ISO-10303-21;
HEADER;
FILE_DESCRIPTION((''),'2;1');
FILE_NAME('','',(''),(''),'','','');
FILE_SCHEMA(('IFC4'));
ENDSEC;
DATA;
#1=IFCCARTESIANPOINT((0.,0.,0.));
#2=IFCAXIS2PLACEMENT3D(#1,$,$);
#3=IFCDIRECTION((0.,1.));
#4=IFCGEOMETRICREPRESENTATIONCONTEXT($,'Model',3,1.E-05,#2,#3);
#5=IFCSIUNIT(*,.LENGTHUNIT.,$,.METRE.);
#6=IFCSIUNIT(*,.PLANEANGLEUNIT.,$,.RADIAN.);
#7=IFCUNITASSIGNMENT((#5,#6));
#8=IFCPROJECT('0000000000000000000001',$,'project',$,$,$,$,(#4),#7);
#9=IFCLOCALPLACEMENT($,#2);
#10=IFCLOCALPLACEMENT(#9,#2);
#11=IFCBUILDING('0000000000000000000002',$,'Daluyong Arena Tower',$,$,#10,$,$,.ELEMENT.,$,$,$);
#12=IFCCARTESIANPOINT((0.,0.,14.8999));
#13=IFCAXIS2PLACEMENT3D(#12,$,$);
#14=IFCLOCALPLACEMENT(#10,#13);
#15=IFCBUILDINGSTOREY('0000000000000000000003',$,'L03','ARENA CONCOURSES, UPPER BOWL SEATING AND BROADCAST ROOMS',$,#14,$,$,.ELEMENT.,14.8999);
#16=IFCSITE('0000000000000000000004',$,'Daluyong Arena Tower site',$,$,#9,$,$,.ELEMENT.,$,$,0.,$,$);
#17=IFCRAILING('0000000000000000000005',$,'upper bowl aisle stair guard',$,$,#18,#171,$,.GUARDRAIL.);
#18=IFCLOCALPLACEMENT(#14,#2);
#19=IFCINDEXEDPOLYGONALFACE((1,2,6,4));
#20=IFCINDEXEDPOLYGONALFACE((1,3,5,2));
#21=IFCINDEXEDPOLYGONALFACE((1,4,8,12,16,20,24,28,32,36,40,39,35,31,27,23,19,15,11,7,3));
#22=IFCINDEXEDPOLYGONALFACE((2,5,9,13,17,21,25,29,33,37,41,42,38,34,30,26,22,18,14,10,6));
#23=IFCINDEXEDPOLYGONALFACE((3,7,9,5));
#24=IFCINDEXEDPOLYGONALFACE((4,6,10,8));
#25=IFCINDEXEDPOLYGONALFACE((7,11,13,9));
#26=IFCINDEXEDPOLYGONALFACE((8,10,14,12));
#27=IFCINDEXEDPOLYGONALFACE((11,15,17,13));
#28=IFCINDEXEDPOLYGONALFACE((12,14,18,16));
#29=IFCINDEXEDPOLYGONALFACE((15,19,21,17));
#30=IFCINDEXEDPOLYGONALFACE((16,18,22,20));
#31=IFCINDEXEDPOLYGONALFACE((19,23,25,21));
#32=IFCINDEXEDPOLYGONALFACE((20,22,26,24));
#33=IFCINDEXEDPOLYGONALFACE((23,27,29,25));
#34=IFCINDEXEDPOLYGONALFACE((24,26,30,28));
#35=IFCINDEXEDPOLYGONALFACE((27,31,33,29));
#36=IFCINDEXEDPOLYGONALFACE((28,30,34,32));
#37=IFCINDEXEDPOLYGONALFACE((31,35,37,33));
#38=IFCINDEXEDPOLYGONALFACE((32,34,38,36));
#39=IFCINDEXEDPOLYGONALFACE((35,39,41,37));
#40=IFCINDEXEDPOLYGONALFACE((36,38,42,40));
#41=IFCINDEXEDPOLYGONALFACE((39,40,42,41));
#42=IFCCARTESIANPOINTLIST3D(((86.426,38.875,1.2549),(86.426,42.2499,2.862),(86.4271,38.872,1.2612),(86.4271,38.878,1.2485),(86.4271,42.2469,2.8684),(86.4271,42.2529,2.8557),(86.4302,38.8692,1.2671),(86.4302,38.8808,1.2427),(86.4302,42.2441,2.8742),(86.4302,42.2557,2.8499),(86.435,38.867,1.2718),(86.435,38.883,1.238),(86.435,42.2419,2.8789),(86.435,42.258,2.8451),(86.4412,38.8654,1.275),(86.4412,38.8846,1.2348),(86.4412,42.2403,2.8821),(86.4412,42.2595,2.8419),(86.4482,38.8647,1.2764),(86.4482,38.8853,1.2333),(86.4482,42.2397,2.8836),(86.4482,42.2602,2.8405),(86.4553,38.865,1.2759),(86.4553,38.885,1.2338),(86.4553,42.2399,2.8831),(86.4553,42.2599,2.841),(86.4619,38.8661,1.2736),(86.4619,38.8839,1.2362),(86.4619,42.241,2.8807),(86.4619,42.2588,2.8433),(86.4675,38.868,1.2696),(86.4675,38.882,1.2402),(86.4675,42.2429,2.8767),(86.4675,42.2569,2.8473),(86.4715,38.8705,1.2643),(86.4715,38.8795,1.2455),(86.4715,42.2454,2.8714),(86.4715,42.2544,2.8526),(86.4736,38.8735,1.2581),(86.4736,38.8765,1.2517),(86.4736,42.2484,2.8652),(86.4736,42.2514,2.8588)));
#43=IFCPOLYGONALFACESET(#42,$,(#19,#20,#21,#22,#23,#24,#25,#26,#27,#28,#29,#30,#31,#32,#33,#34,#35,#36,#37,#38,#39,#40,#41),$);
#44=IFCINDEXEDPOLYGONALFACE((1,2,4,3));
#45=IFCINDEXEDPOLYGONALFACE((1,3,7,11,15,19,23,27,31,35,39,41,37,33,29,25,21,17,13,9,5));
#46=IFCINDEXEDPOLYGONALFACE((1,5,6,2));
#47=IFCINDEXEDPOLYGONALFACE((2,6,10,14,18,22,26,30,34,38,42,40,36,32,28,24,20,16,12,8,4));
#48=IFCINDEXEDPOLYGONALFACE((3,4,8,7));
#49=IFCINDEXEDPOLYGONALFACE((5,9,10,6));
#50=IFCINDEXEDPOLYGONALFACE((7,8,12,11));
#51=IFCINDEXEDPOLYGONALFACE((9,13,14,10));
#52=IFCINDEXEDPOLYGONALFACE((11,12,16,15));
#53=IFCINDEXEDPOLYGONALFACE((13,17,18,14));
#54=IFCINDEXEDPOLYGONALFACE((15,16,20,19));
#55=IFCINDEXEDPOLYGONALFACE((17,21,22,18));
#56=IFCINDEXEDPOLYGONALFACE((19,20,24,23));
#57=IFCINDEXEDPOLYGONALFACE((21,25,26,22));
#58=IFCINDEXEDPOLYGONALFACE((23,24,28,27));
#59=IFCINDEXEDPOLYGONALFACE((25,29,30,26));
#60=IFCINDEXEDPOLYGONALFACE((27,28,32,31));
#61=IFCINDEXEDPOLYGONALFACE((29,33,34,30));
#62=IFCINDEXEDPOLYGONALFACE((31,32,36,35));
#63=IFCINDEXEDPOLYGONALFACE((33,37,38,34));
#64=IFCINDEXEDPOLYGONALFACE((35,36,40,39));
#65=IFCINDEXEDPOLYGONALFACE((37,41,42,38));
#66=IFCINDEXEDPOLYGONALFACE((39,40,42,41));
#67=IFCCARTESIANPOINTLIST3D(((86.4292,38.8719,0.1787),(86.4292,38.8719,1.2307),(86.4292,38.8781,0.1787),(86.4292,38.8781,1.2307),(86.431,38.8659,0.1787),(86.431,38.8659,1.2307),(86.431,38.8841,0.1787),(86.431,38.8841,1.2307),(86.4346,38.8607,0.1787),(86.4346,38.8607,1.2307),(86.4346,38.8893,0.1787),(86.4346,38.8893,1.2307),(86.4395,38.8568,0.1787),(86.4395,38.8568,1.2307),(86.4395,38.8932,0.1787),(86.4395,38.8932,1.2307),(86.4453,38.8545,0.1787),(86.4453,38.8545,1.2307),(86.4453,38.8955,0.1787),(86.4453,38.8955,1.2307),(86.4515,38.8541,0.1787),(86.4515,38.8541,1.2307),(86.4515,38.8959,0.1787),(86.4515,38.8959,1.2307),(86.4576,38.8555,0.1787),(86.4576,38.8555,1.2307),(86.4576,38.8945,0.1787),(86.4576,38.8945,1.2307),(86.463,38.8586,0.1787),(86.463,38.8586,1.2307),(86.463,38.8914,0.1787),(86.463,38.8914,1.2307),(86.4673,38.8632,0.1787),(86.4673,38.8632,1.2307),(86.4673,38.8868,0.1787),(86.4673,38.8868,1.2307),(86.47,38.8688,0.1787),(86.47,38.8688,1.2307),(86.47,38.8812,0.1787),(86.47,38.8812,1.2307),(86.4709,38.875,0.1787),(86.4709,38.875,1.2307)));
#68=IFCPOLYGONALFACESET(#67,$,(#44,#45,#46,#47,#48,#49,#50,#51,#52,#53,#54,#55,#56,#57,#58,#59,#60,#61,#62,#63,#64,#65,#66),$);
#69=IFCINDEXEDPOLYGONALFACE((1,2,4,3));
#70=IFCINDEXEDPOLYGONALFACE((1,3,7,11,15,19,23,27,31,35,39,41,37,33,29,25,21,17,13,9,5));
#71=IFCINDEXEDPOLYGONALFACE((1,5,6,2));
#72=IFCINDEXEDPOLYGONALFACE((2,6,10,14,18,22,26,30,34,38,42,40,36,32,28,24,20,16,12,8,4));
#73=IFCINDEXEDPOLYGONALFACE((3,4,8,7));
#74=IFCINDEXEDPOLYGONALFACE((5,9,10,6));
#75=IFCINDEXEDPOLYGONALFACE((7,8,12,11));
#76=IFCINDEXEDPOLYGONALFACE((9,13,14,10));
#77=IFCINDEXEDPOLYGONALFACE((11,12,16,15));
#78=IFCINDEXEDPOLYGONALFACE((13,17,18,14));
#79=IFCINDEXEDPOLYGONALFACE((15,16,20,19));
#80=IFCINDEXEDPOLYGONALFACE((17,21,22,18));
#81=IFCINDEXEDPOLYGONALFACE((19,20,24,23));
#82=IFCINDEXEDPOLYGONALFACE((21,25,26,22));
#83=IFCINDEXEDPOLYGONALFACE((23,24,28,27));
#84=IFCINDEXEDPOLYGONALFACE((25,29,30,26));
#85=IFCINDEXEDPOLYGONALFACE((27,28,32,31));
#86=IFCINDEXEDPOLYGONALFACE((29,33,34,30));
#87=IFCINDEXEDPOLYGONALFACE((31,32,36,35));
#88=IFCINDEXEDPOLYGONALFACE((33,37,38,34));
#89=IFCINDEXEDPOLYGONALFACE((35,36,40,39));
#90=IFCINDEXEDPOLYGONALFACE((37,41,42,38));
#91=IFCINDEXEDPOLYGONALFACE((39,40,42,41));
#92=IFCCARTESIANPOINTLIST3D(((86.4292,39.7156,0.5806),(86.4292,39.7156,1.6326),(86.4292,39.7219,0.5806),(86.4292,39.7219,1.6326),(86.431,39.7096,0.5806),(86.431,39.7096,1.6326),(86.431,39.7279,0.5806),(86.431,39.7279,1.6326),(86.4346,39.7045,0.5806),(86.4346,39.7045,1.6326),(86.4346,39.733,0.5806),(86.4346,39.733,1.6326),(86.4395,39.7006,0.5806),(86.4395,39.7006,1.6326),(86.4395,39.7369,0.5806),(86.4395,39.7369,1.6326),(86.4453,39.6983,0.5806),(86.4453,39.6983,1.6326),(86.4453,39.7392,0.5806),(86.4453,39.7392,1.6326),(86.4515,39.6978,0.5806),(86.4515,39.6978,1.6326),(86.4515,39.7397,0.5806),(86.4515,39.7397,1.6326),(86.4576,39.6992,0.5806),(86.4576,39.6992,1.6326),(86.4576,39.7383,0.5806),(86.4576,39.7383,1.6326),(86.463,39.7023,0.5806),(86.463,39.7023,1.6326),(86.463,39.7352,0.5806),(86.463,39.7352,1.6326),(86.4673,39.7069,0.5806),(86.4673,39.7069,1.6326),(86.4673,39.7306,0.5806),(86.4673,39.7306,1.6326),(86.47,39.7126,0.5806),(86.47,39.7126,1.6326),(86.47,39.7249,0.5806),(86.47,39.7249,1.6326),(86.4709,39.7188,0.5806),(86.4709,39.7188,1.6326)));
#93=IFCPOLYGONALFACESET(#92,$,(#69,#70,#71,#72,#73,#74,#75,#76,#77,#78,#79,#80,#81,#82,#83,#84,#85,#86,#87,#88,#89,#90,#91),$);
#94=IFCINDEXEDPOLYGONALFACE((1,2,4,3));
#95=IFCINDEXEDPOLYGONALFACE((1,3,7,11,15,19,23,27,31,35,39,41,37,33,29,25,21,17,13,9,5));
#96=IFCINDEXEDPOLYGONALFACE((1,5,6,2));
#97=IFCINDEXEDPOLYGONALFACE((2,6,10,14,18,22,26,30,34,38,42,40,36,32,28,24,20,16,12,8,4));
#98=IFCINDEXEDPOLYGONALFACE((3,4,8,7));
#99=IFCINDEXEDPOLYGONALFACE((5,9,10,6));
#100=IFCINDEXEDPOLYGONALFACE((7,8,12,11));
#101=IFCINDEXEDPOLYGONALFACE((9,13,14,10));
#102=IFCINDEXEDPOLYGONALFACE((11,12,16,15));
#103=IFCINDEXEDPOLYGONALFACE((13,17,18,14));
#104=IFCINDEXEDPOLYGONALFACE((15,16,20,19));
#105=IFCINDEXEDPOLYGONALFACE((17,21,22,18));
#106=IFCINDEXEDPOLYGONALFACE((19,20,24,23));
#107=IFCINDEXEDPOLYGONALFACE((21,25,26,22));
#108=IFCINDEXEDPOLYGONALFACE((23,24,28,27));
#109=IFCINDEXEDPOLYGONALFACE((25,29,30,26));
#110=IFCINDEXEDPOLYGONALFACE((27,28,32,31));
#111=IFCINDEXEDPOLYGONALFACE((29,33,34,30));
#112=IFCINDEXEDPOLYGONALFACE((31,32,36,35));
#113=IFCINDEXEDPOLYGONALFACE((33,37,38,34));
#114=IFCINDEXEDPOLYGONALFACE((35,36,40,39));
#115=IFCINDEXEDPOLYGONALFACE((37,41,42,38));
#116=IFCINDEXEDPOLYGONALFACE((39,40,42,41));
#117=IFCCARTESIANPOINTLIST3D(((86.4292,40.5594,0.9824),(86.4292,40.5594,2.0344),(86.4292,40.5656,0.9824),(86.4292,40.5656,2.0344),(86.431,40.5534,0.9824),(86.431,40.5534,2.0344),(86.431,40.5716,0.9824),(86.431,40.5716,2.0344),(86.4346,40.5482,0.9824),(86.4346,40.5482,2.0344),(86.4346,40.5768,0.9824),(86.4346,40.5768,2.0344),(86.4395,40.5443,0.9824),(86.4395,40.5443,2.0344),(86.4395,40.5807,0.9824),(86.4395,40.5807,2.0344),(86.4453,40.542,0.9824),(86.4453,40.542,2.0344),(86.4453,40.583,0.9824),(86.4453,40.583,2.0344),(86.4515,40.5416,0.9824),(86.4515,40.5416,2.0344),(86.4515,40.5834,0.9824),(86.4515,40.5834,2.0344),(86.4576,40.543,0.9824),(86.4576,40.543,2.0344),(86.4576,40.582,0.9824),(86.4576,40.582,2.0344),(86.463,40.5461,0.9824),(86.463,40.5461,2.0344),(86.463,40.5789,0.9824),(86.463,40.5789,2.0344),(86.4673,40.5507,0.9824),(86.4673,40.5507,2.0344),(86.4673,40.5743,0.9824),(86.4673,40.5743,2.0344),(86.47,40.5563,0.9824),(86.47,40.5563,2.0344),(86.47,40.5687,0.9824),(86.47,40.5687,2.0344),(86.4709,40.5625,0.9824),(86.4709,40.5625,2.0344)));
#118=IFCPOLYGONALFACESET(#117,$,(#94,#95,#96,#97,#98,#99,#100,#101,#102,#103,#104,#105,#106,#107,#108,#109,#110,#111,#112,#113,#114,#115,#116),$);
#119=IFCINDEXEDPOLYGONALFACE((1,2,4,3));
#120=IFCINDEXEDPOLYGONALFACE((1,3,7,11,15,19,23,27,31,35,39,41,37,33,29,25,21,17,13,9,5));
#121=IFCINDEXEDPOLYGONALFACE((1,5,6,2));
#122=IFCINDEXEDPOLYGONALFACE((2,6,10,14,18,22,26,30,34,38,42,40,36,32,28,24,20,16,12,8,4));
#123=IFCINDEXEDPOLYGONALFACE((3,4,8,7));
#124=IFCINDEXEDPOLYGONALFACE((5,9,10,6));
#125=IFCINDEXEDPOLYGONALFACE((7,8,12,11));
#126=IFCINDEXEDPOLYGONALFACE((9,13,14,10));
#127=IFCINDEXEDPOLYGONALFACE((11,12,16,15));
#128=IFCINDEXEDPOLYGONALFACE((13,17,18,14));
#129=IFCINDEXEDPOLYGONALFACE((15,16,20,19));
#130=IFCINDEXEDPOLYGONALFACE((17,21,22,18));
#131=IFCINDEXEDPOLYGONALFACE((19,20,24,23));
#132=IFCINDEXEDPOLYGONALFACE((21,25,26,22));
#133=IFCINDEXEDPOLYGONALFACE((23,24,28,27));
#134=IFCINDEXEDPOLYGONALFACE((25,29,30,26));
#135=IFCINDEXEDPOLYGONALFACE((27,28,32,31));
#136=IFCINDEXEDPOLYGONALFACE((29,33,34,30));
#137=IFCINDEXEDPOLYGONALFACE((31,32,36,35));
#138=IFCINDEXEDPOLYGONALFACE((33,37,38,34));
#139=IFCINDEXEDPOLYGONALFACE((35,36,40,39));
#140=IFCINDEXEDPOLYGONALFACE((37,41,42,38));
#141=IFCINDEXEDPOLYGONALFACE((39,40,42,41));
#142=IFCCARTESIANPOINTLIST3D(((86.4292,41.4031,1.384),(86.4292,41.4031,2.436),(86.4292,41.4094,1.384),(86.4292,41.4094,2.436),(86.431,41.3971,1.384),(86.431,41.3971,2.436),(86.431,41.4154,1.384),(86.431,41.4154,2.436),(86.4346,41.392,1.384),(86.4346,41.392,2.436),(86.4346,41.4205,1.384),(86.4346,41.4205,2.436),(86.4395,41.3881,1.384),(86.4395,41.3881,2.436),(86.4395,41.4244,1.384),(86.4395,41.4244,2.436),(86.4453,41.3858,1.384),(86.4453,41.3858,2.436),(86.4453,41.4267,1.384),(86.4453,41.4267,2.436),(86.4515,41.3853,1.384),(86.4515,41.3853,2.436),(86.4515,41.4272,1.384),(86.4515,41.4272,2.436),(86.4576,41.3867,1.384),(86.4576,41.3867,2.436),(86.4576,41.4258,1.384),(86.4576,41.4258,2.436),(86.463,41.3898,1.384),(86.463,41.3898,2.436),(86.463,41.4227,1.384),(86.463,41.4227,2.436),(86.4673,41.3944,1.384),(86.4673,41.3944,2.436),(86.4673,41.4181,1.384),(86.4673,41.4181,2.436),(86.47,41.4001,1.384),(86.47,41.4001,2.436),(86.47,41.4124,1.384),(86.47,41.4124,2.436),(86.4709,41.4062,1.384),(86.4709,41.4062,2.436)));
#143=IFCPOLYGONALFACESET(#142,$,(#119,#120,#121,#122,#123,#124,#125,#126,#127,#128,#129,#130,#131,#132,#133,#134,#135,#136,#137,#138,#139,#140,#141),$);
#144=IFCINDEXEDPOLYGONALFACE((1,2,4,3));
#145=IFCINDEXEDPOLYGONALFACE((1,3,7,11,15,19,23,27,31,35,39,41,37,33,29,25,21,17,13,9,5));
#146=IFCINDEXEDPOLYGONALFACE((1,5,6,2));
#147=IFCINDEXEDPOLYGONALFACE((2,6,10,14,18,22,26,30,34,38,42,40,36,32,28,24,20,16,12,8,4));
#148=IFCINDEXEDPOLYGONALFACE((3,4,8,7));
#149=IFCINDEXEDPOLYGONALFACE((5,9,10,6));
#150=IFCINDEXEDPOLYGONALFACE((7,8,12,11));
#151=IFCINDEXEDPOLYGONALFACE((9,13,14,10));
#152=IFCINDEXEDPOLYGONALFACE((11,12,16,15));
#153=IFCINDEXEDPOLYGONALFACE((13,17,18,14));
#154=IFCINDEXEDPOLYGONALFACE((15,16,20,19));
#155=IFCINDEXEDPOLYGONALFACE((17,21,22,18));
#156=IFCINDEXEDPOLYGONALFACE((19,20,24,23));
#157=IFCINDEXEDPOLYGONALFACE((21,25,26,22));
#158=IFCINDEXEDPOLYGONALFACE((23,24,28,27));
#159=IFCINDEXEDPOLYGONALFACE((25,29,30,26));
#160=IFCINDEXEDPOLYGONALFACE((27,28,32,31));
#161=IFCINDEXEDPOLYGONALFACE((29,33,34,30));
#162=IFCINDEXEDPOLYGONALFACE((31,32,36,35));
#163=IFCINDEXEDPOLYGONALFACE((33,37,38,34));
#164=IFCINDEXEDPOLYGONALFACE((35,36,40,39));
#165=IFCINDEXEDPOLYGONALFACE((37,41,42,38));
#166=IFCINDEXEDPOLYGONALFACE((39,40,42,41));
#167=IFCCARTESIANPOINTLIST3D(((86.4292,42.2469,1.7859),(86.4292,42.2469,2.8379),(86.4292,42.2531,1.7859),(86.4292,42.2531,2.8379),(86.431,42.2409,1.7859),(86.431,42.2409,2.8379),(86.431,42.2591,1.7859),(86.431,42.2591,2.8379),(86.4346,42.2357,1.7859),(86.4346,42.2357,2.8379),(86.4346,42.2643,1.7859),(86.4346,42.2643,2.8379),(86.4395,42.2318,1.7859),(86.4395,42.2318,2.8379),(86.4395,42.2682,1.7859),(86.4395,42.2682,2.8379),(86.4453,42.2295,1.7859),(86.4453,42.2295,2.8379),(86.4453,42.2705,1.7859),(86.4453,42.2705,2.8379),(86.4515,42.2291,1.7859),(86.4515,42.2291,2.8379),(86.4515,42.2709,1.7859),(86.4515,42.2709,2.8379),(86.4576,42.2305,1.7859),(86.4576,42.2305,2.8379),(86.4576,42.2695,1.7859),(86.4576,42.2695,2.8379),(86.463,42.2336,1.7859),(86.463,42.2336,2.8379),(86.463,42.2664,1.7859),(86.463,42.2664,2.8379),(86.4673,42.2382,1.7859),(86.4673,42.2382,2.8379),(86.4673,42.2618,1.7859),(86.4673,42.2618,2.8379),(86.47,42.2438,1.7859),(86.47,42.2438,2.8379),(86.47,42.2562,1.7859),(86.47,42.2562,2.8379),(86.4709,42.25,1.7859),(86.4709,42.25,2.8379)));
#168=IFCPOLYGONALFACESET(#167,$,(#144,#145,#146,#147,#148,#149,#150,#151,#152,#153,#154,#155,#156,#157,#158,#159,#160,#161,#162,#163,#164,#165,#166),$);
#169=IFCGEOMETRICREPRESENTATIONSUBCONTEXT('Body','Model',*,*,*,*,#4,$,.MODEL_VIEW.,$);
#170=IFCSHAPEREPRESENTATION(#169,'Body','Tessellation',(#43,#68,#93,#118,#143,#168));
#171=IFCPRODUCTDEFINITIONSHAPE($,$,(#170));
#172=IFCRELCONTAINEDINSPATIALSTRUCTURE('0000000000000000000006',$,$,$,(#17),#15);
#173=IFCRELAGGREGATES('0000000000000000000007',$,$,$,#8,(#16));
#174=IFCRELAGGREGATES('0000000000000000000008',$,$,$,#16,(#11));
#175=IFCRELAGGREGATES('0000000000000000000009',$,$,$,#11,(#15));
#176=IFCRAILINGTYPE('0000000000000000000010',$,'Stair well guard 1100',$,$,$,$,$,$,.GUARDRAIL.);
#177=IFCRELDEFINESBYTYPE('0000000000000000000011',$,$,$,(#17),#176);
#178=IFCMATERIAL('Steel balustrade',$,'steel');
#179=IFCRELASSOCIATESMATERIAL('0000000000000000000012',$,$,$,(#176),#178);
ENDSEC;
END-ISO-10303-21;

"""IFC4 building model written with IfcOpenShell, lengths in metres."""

from ifc_helpers import new_model, si_unit, direction, frame, origin, origin_2d, place, context, subcontext, project, spatial, circle, extrude, material, type_object, element, save


model = new_model("IFC4")

# Units and contexts
model_context = context("Model", 3, precision=1e-05, world=origin(), true_north=direction((0.0, 1.0)))
body_context = subcontext(model_context, "Body", "Model", "MODEL_VIEW")
ifc_project = project(units=[si_unit("LENGTHUNIT", "METRE"), si_unit("PLANEANGLEUNIT", "RADIAN")], contexts=[model_context])

# Site, building, storey
site_placement = place(None, origin())
site = spatial("IfcSite", under=ifc_project, at=site_placement, Name="Daluyong Arena Tower site", CompositionType="ELEMENT", RefElevation=0.0)
building_placement = place(site_placement, origin())
building = spatial("IfcBuilding", under=site, at=building_placement, Name="Daluyong Arena Tower", CompositionType="ELEMENT")
storey_placement = place(building_placement, frame((0.0, 0.0, 14.8999)))
storey = spatial("IfcBuildingStorey", under=building, at=storey_placement, Name="L03", Description="ARENA CONCOURSES, UPPER BOWL SEATING AND BROADCAST ROOMS", CompositionType="ELEMENT", Elevation=14.8999)

# Railing
ifc_material_1 = material(Name="Steel balustrade", Category="steel")
railing_type_1 = type_object("IfcRailingType", Name="Stair well guard 1100", PredefinedType="GUARDRAIL", material=ifc_material_1)
railing_1_placement = place(storey_placement, frame((86.45, 38.875, 0.1787)))
element("IfcRailing", 1, at=railing_1_placement, inside=storey, type_object=railing_type_1, Name="upper bowl aisle stair guard", PredefinedType="GUARDRAIL", context=body_context, shape_type="SweptSolid", body=[
    extrude(circle(Radius=0.0239, at=origin_2d()), frame((0.0, 0.0, 1.0762), z_axis=(0.0, 0.902857, 0.429941), x_axis=(-1.0, 0.0, 0.0)), (0.0, 0.0, 1.0), 3.738),
    extrude(circle(Radius=0.021, at=origin_2d()), origin(), (0.0, 0.0, 1.0), 1.052),
    extrude(circle(Radius=0.021, at=origin_2d()), frame((0.0, 0.8438, 0.4019)), (0.0, 0.0, 1.0), 1.052),
    extrude(circle(Radius=0.021, at=origin_2d()), frame((0.0, 1.6875, 0.8037)), (0.0, 0.0, 1.0), 1.052),
    extrude(circle(Radius=0.021, at=origin_2d()), frame((0.0, 2.5312, 1.2053)), (0.0, 0.0, 1.0), 1.052),
    extrude(circle(Radius=0.021, at=origin_2d()), frame((0.0, 3.375, 1.6072)), (0.0, 0.0, 1.0), 1.052),
])

save(model, "model.ifc")
